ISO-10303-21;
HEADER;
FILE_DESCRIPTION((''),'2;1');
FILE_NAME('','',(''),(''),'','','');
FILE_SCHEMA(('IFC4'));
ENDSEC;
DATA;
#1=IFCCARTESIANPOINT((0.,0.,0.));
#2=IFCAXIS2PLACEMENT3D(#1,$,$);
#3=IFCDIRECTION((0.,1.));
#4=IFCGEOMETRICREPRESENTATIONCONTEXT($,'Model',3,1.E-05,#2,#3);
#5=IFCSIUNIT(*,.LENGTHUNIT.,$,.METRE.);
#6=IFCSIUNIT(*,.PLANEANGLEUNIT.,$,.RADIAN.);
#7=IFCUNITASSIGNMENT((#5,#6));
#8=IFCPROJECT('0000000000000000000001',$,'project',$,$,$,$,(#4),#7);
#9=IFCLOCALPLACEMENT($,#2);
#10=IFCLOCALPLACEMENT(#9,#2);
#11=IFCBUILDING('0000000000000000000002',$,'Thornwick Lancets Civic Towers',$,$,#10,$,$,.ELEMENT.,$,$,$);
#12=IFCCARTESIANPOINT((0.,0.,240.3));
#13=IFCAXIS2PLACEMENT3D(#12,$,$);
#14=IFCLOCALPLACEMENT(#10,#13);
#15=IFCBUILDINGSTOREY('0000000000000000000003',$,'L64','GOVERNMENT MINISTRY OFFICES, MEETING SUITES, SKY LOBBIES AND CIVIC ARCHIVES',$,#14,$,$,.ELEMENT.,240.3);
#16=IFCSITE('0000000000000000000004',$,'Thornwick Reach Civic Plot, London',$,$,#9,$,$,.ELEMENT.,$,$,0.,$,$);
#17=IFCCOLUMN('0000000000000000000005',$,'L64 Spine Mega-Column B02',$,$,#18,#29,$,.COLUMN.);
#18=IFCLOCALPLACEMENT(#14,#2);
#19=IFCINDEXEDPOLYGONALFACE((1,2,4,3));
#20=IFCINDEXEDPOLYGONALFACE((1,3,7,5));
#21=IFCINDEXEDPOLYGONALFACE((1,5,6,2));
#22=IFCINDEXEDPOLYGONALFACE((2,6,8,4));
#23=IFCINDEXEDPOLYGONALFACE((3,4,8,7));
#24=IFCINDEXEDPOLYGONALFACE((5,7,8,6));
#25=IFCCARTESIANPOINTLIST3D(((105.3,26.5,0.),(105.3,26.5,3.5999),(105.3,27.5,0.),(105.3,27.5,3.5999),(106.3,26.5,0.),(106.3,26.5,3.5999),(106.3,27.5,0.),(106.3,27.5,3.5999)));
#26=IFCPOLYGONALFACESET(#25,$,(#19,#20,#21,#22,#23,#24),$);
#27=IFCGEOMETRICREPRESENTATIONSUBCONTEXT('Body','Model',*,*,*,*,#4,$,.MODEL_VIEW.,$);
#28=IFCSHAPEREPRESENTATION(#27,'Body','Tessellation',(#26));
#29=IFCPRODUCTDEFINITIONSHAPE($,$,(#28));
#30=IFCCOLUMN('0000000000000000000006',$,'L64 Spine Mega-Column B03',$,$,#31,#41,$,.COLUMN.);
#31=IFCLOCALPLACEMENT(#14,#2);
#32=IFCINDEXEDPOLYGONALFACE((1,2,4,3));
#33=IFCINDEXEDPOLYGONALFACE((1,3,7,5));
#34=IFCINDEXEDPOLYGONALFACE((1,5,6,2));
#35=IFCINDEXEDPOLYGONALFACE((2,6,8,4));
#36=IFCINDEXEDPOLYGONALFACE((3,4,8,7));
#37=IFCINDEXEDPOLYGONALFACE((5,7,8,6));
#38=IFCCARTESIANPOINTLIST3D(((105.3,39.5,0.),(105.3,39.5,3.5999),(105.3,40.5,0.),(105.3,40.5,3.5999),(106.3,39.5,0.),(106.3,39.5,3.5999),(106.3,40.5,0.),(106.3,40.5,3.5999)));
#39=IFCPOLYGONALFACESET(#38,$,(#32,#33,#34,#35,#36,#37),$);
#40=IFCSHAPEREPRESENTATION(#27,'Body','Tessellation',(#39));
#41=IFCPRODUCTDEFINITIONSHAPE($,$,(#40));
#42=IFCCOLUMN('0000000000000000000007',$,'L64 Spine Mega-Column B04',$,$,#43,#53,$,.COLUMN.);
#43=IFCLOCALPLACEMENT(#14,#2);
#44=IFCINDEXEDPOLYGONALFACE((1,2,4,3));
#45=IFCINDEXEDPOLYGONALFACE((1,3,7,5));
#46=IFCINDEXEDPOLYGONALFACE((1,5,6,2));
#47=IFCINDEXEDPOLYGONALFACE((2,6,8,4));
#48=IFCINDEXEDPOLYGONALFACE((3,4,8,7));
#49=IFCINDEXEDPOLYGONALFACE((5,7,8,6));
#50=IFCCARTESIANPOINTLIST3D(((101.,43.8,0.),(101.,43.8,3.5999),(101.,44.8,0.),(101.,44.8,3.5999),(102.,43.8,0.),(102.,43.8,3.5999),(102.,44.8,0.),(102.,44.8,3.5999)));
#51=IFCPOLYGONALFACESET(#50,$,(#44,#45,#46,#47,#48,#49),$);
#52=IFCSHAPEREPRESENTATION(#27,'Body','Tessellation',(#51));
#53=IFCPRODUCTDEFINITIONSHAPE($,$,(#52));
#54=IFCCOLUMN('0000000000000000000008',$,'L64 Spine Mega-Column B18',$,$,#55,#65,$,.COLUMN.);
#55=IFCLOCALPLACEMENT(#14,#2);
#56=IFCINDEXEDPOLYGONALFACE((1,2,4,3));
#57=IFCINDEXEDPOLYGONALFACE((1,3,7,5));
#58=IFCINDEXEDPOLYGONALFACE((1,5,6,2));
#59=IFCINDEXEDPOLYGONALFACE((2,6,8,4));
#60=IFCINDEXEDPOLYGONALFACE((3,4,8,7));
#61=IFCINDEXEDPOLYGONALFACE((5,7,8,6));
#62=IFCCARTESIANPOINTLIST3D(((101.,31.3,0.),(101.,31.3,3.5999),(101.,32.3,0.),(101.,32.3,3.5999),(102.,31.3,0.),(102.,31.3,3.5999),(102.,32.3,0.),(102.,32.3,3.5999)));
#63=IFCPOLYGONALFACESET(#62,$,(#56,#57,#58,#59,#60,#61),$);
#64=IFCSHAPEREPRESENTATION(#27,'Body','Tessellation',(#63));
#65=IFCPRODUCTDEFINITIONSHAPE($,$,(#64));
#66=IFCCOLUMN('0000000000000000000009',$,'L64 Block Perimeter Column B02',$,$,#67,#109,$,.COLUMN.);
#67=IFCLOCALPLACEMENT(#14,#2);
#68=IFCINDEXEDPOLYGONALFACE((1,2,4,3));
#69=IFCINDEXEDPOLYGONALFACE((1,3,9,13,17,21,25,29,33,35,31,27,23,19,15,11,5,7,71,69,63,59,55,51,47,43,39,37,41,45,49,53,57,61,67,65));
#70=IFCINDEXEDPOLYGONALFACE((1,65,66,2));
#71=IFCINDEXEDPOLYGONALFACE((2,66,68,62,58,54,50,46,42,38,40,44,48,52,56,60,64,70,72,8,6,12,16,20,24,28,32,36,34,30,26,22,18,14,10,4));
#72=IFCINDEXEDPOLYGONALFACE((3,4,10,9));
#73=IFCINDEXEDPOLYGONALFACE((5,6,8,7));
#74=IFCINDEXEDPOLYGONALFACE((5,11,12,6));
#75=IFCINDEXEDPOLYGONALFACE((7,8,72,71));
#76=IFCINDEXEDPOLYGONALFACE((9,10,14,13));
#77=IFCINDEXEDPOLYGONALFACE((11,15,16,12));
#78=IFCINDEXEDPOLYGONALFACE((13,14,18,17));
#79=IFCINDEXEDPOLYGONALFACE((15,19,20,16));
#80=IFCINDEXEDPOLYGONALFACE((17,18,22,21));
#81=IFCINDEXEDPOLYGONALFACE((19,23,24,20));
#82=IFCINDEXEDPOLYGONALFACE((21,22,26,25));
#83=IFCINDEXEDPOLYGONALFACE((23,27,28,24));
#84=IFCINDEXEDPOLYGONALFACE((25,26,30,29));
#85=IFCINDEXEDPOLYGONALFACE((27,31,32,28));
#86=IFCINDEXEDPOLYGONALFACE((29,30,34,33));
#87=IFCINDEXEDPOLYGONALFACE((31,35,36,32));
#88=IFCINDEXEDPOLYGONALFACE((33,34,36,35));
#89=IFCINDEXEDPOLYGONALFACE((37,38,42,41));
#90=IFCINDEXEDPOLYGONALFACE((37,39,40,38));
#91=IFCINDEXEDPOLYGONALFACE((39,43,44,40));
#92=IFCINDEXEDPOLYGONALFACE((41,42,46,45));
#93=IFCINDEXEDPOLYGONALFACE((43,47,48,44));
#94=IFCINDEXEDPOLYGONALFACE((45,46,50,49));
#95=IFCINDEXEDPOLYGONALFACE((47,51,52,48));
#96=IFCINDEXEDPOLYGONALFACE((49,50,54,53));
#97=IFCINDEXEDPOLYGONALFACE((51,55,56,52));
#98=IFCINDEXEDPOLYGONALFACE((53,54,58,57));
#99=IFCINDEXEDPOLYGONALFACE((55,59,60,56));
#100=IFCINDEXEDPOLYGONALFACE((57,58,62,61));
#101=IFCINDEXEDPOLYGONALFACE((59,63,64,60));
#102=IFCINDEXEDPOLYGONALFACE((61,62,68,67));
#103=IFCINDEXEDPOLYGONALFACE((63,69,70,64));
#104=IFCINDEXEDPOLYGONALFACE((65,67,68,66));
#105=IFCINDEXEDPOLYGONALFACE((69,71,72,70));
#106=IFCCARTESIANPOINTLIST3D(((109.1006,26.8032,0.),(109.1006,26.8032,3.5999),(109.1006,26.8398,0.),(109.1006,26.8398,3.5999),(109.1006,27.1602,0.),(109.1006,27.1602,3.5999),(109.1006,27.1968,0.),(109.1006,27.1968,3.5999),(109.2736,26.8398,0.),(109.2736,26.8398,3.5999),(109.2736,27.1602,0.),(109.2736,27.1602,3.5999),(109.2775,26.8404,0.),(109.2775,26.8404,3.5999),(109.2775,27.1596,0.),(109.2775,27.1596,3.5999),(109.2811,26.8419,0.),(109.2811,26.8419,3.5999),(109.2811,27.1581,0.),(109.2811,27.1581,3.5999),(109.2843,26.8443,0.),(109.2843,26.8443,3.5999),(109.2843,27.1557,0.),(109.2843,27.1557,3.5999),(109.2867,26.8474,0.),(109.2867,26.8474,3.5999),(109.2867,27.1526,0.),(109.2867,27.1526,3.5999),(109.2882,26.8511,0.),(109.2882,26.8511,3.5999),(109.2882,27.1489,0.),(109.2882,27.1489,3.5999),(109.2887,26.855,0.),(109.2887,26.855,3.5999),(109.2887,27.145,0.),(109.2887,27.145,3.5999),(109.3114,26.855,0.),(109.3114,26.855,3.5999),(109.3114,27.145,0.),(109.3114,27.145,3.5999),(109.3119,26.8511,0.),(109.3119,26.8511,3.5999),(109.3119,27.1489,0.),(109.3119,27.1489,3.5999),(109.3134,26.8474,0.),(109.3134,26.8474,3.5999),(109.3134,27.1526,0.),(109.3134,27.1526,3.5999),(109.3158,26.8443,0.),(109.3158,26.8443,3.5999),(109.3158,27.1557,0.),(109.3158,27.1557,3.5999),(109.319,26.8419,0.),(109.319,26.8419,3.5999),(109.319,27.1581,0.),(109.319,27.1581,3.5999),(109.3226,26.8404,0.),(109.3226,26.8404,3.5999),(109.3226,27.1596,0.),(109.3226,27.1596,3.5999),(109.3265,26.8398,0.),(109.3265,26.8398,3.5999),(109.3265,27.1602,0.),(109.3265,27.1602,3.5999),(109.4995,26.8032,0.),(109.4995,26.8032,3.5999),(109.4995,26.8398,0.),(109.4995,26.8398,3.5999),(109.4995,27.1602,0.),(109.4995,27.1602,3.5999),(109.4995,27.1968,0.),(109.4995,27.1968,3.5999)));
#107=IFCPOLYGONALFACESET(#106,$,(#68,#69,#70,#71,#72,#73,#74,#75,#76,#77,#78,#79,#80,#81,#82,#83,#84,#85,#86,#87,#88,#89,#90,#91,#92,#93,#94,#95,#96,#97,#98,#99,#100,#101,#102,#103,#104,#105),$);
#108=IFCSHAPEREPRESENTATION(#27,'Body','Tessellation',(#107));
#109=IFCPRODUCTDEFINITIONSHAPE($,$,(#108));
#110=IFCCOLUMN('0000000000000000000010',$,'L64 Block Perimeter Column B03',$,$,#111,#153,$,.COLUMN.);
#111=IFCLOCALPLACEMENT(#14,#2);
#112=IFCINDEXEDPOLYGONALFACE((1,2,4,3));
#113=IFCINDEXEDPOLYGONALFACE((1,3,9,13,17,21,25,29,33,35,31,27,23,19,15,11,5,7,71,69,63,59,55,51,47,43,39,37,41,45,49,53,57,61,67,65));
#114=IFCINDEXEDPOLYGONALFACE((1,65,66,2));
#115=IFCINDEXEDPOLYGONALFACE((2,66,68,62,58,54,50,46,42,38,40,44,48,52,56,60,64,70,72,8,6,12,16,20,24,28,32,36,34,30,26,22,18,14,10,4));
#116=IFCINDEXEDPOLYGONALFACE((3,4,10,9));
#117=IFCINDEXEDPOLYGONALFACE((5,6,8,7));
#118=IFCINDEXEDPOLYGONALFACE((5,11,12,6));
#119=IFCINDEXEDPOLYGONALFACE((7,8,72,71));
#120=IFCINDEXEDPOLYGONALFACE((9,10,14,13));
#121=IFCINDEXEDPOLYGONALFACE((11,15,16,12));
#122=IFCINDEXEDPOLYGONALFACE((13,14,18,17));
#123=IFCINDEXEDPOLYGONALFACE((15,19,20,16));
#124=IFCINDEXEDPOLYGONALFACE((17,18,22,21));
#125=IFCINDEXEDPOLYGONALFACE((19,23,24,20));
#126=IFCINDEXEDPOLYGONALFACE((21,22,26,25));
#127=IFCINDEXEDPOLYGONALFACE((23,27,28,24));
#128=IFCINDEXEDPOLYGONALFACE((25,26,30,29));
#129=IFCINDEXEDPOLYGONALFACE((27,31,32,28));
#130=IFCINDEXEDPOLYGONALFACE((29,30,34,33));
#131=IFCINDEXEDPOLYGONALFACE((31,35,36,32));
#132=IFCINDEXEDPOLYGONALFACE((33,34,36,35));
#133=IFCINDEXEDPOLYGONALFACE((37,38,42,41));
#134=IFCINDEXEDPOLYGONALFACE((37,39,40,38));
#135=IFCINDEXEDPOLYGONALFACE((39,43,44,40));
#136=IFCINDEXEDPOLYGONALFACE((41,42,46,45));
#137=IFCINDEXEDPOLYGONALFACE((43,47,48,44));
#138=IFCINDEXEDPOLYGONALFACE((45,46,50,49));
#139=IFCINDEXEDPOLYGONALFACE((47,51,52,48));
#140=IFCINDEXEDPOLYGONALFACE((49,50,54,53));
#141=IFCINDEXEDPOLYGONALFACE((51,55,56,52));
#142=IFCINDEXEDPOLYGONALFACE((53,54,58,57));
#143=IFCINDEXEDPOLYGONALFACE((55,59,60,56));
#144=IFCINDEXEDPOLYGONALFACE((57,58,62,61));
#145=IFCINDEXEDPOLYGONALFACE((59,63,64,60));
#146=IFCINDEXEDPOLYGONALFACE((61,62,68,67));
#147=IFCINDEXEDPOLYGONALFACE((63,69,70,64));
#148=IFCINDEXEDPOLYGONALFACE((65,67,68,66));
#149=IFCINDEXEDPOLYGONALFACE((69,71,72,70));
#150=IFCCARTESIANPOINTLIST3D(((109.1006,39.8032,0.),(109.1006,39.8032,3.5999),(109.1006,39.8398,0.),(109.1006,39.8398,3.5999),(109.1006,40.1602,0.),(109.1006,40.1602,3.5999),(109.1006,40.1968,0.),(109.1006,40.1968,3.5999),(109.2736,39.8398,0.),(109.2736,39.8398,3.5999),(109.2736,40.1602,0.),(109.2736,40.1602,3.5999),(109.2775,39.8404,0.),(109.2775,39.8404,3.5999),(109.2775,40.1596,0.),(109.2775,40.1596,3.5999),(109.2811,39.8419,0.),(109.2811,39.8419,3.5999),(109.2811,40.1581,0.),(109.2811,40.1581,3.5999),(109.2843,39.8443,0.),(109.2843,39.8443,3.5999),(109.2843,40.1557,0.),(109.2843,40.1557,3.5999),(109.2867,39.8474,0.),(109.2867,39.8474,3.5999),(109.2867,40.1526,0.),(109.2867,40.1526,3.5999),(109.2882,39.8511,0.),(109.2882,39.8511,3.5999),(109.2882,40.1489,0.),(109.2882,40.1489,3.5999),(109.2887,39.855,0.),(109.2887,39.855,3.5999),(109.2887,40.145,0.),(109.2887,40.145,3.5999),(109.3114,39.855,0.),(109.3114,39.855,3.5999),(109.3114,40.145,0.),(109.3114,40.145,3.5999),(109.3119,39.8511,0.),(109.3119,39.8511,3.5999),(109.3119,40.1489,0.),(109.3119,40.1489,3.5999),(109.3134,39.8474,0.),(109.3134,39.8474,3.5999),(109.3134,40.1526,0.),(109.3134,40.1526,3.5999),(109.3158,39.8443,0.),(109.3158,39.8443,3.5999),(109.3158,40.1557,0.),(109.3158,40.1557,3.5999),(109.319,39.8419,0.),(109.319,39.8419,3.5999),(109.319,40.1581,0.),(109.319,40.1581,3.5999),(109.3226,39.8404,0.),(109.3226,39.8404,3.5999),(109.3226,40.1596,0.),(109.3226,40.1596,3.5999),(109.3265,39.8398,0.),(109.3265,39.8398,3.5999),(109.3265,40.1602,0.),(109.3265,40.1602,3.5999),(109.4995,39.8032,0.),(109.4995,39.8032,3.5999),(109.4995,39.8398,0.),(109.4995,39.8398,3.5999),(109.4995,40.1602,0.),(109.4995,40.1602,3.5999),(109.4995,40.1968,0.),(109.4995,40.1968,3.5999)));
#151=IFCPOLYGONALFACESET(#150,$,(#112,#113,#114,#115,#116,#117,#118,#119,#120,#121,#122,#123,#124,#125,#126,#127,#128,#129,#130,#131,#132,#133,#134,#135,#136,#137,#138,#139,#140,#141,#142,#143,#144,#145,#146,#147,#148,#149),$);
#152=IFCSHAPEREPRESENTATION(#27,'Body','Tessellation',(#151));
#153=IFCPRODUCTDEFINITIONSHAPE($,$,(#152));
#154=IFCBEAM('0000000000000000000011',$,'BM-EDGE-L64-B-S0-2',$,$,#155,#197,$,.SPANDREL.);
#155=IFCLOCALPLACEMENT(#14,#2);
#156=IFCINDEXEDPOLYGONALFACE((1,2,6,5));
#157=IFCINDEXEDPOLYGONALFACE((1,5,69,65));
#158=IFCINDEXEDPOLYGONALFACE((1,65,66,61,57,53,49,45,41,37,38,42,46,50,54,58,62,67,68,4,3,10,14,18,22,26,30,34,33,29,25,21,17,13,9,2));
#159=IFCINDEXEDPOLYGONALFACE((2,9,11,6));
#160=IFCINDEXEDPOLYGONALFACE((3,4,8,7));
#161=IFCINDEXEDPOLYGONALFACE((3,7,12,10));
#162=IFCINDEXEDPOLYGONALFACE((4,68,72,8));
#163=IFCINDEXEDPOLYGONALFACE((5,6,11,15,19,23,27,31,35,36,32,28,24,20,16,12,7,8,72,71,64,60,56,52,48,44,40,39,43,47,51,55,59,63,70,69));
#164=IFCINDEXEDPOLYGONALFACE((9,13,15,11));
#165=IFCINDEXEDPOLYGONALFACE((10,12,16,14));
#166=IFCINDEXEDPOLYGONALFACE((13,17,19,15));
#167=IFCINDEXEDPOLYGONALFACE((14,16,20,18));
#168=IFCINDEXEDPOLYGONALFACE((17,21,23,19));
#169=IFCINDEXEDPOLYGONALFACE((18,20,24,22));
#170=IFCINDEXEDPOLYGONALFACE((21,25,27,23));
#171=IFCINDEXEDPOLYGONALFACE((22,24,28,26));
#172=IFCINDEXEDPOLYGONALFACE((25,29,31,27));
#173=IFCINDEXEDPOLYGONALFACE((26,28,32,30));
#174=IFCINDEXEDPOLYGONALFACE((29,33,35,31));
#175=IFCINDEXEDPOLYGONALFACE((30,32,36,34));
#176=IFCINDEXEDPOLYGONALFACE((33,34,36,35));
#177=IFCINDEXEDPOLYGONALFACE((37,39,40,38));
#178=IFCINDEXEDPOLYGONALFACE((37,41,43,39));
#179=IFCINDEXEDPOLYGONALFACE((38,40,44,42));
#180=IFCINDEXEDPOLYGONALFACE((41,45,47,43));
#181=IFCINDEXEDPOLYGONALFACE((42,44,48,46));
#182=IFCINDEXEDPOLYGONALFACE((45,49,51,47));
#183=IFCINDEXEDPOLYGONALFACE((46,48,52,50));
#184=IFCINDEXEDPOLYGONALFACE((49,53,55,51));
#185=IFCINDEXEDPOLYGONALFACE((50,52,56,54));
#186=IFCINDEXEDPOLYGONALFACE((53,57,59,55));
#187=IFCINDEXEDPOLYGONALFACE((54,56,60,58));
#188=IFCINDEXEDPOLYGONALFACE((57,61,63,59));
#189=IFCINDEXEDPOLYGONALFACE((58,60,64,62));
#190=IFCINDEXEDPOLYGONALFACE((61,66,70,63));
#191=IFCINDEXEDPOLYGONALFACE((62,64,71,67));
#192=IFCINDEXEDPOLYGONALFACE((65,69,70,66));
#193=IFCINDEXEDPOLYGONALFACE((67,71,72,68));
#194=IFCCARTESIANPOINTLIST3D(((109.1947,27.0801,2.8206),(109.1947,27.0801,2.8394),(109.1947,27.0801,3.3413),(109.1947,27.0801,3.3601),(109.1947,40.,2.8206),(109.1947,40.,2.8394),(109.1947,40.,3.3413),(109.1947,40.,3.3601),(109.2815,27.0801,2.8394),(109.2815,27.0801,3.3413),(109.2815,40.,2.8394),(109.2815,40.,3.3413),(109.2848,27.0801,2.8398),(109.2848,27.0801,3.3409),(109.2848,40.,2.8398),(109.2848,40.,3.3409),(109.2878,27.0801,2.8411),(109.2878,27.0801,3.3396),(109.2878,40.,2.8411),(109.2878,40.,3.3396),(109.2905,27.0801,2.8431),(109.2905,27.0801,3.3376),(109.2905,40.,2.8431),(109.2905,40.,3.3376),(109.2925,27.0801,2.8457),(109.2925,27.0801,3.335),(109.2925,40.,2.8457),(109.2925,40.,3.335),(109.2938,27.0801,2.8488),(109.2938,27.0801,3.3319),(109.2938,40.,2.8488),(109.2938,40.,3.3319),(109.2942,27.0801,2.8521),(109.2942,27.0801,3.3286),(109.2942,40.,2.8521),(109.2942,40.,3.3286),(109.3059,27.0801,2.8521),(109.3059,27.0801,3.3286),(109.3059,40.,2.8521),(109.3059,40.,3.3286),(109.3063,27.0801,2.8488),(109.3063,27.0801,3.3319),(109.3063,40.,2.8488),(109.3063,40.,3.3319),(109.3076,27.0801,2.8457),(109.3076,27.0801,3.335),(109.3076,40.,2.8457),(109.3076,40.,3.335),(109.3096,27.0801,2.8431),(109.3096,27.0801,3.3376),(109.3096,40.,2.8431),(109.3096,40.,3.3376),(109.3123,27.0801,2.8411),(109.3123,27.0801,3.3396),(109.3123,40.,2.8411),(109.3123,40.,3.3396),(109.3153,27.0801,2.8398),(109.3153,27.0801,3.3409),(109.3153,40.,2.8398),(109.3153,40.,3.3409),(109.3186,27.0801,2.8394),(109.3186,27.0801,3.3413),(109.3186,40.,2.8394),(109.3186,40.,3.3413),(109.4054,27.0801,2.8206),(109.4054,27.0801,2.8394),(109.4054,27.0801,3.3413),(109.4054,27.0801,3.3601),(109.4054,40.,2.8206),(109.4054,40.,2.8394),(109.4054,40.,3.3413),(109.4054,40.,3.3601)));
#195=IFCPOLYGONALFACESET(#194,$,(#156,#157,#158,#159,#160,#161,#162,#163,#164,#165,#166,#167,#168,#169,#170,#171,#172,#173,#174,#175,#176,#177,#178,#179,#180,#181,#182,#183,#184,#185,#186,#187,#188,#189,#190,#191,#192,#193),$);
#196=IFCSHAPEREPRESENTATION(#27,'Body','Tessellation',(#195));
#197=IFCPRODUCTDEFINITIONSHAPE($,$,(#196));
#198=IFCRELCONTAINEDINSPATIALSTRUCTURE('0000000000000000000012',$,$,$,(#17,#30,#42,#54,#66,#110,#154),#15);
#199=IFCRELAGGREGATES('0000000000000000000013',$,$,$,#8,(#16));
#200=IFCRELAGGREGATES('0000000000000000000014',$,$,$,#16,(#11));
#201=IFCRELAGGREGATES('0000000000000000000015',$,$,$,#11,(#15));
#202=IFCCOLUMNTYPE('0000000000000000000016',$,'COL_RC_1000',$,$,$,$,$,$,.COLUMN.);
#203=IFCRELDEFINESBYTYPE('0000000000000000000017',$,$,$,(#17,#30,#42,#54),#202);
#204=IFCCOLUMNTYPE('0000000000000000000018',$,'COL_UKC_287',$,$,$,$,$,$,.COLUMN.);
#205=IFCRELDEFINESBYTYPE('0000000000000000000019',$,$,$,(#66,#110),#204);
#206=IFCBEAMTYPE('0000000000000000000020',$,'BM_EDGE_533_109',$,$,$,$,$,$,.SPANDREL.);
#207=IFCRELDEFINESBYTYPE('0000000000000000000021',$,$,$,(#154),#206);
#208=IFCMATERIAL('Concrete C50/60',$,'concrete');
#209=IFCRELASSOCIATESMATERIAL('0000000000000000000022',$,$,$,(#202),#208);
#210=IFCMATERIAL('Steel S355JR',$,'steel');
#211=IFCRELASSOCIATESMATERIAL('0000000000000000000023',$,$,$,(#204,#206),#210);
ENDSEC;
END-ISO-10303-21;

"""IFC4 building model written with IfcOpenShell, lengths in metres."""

from ifc_helpers import new_model, si_unit, direction, frame, origin, origin_2d, place, context, subcontext, project, spatial, rectangle, i_section, extrude, material, material_profile, profile_set, type_object, element, save


model = new_model("IFC4")

# Units and contexts
model_context = context("Model", 3, precision=1e-05, world=origin(), true_north=direction((0.0, 1.0)))
body_context = subcontext(model_context, "Body", "Model", "MODEL_VIEW")
ifc_project = project(units=[si_unit("LENGTHUNIT", "METRE"), si_unit("PLANEANGLEUNIT", "RADIAN")], contexts=[model_context])

# Site, building, storey
site_placement = place(None, origin())
site = spatial("IfcSite", under=ifc_project, at=site_placement, Name="Thornwick Reach Civic Plot, London", CompositionType="ELEMENT", RefElevation=0.0)
building_placement = place(site_placement, origin())
building = spatial("IfcBuilding", under=site, at=building_placement, Name="Thornwick Lancets Civic Towers", CompositionType="ELEMENT")
storey_placement = place(building_placement, frame((0.0, 0.0, 240.3)))
storey = spatial("IfcBuildingStorey", under=building, at=storey_placement, Name="L64", Description="GOVERNMENT MINISTRY OFFICES, MEETING SUITES, SKY LOBBIES AND CIVIC ARCHIVES", CompositionType="ELEMENT", Elevation=240.3)

# Columns
ifc_material_1 = material(Name="Concrete C50/60", Category="concrete")
ifc_material_profile_1 = material_profile(ifc_material_1, rectangle(XDim=1.0, YDim=1.0, at=origin_2d()), Name="RC 1000x1000")
ifc_profile_set_1 = profile_set([ifc_material_profile_1], Name="Concrete C50/60")
column_type_1 = type_object("IfcColumnType", Name="COL_RC_1000", PredefinedType="COLUMN", material=ifc_profile_set_1)
for number, where, z_axis, x_axis, name in (
    (1, (105.8, 27.0, 0.0), (0.0, 0.0, 1.0), (1.0, 0.0, 0.0), "L64 Spine Mega-Column B02"),
    (2, (105.8, 40.0, 0.0), (0.0, 0.0, 1.0), (1.0, 0.0, 0.0), "L64 Spine Mega-Column B03"),
    (3, (101.5, 44.3, 0.0), (0.0, 0.0, 1.0), (1.0, 0.0, 0.0), "L64 Spine Mega-Column B04"),
    (4, (101.5, 31.8, 0.0), (0.0, 0.0, 1.0), (1.0, 0.0, 0.0), "L64 Spine Mega-Column B18"),
):
    element("IfcColumn", number, at=place(storey_placement, frame(where, z_axis=z_axis, x_axis=x_axis)), inside=storey, type_object=column_type_1, Name=name, PredefinedType="COLUMN", context=body_context, shape_type="SweptSolid", body=[
        extrude(rectangle(XDim=1.0, YDim=1.0, at=origin_2d()), origin(), (0.0, 0.0, 1.0), 3.5999),
    ])
ifc_material_2 = material(Name="Steel S355JR", Category="steel")
ifc_material_profile_2 = material_profile(ifc_material_2, i_section(OverallWidth=0.3989, OverallDepth=0.3936, WebThickness=0.0227, FlangeThickness=0.0366, FilletRadius=0.0151, at=origin_2d()), Name="UKC 356x406x287")
ifc_profile_set_2 = profile_set([ifc_material_profile_2], Name="Steel S355JR")
column_type_2 = type_object("IfcColumnType", Name="COL_UKC_287", PredefinedType="COLUMN", material=ifc_profile_set_2)
for number, where, z_axis, x_axis, name in (
    (5, (109.3, 27.0, 0.0), (0.0, 0.0, 1.0), (1.0, 0.0, 0.0), "L64 Block Perimeter Column B02"),
    (6, (109.3, 40.0, 0.0), (0.0, 0.0, 1.0), (1.0, 0.0, 0.0), "L64 Block Perimeter Column B03"),
):
    element("IfcColumn", number, at=place(storey_placement, frame(where, z_axis=z_axis, x_axis=x_axis)), inside=storey, type_object=column_type_2, Name=name, PredefinedType="COLUMN", context=body_context, shape_type="SweptSolid", body=[
        extrude(i_section(OverallWidth=0.3989, OverallDepth=0.3936, WebThickness=0.0227, FlangeThickness=0.0366, FilletRadius=0.0151, at=origin_2d()), origin(), (0.0, 0.0, 1.0), 3.5999),
    ])

# Beam
ifc_material_profile_3 = material_profile(ifc_material_2, i_section(OverallWidth=0.2107, OverallDepth=0.5396, WebThickness=0.0117, FlangeThickness=0.0188, FilletRadius=0.0127, at=origin_2d()), Name="UKB 533x210x109")
ifc_profile_set_3 = profile_set([ifc_material_profile_3], Name="Steel S355JR")
beam_type_1 = type_object("IfcBeamType", Name="BM_EDGE_533_109", PredefinedType="SPANDREL", material=ifc_profile_set_3)
beam_1_placement = place(storey_placement, frame((109.3, 27.0801, 3.0903), z_axis=(0.0, 1.0, 0.0), x_axis=(-1.0, 0.0, 0.0)))
element("IfcBeam", 7, at=beam_1_placement, inside=storey, type_object=beam_type_1, Name="BM-EDGE-L64-B-S0-2", PredefinedType="SPANDREL", context=body_context, shape_type="SweptSolid", body=[
    extrude(i_section(OverallWidth=0.2107, OverallDepth=0.5396, WebThickness=0.0117, FlangeThickness=0.0188, FilletRadius=0.0127, at=origin_2d()), origin(), (0.0, 0.0, 1.0), 12.9199),
])

save(model, "model.ifc")
